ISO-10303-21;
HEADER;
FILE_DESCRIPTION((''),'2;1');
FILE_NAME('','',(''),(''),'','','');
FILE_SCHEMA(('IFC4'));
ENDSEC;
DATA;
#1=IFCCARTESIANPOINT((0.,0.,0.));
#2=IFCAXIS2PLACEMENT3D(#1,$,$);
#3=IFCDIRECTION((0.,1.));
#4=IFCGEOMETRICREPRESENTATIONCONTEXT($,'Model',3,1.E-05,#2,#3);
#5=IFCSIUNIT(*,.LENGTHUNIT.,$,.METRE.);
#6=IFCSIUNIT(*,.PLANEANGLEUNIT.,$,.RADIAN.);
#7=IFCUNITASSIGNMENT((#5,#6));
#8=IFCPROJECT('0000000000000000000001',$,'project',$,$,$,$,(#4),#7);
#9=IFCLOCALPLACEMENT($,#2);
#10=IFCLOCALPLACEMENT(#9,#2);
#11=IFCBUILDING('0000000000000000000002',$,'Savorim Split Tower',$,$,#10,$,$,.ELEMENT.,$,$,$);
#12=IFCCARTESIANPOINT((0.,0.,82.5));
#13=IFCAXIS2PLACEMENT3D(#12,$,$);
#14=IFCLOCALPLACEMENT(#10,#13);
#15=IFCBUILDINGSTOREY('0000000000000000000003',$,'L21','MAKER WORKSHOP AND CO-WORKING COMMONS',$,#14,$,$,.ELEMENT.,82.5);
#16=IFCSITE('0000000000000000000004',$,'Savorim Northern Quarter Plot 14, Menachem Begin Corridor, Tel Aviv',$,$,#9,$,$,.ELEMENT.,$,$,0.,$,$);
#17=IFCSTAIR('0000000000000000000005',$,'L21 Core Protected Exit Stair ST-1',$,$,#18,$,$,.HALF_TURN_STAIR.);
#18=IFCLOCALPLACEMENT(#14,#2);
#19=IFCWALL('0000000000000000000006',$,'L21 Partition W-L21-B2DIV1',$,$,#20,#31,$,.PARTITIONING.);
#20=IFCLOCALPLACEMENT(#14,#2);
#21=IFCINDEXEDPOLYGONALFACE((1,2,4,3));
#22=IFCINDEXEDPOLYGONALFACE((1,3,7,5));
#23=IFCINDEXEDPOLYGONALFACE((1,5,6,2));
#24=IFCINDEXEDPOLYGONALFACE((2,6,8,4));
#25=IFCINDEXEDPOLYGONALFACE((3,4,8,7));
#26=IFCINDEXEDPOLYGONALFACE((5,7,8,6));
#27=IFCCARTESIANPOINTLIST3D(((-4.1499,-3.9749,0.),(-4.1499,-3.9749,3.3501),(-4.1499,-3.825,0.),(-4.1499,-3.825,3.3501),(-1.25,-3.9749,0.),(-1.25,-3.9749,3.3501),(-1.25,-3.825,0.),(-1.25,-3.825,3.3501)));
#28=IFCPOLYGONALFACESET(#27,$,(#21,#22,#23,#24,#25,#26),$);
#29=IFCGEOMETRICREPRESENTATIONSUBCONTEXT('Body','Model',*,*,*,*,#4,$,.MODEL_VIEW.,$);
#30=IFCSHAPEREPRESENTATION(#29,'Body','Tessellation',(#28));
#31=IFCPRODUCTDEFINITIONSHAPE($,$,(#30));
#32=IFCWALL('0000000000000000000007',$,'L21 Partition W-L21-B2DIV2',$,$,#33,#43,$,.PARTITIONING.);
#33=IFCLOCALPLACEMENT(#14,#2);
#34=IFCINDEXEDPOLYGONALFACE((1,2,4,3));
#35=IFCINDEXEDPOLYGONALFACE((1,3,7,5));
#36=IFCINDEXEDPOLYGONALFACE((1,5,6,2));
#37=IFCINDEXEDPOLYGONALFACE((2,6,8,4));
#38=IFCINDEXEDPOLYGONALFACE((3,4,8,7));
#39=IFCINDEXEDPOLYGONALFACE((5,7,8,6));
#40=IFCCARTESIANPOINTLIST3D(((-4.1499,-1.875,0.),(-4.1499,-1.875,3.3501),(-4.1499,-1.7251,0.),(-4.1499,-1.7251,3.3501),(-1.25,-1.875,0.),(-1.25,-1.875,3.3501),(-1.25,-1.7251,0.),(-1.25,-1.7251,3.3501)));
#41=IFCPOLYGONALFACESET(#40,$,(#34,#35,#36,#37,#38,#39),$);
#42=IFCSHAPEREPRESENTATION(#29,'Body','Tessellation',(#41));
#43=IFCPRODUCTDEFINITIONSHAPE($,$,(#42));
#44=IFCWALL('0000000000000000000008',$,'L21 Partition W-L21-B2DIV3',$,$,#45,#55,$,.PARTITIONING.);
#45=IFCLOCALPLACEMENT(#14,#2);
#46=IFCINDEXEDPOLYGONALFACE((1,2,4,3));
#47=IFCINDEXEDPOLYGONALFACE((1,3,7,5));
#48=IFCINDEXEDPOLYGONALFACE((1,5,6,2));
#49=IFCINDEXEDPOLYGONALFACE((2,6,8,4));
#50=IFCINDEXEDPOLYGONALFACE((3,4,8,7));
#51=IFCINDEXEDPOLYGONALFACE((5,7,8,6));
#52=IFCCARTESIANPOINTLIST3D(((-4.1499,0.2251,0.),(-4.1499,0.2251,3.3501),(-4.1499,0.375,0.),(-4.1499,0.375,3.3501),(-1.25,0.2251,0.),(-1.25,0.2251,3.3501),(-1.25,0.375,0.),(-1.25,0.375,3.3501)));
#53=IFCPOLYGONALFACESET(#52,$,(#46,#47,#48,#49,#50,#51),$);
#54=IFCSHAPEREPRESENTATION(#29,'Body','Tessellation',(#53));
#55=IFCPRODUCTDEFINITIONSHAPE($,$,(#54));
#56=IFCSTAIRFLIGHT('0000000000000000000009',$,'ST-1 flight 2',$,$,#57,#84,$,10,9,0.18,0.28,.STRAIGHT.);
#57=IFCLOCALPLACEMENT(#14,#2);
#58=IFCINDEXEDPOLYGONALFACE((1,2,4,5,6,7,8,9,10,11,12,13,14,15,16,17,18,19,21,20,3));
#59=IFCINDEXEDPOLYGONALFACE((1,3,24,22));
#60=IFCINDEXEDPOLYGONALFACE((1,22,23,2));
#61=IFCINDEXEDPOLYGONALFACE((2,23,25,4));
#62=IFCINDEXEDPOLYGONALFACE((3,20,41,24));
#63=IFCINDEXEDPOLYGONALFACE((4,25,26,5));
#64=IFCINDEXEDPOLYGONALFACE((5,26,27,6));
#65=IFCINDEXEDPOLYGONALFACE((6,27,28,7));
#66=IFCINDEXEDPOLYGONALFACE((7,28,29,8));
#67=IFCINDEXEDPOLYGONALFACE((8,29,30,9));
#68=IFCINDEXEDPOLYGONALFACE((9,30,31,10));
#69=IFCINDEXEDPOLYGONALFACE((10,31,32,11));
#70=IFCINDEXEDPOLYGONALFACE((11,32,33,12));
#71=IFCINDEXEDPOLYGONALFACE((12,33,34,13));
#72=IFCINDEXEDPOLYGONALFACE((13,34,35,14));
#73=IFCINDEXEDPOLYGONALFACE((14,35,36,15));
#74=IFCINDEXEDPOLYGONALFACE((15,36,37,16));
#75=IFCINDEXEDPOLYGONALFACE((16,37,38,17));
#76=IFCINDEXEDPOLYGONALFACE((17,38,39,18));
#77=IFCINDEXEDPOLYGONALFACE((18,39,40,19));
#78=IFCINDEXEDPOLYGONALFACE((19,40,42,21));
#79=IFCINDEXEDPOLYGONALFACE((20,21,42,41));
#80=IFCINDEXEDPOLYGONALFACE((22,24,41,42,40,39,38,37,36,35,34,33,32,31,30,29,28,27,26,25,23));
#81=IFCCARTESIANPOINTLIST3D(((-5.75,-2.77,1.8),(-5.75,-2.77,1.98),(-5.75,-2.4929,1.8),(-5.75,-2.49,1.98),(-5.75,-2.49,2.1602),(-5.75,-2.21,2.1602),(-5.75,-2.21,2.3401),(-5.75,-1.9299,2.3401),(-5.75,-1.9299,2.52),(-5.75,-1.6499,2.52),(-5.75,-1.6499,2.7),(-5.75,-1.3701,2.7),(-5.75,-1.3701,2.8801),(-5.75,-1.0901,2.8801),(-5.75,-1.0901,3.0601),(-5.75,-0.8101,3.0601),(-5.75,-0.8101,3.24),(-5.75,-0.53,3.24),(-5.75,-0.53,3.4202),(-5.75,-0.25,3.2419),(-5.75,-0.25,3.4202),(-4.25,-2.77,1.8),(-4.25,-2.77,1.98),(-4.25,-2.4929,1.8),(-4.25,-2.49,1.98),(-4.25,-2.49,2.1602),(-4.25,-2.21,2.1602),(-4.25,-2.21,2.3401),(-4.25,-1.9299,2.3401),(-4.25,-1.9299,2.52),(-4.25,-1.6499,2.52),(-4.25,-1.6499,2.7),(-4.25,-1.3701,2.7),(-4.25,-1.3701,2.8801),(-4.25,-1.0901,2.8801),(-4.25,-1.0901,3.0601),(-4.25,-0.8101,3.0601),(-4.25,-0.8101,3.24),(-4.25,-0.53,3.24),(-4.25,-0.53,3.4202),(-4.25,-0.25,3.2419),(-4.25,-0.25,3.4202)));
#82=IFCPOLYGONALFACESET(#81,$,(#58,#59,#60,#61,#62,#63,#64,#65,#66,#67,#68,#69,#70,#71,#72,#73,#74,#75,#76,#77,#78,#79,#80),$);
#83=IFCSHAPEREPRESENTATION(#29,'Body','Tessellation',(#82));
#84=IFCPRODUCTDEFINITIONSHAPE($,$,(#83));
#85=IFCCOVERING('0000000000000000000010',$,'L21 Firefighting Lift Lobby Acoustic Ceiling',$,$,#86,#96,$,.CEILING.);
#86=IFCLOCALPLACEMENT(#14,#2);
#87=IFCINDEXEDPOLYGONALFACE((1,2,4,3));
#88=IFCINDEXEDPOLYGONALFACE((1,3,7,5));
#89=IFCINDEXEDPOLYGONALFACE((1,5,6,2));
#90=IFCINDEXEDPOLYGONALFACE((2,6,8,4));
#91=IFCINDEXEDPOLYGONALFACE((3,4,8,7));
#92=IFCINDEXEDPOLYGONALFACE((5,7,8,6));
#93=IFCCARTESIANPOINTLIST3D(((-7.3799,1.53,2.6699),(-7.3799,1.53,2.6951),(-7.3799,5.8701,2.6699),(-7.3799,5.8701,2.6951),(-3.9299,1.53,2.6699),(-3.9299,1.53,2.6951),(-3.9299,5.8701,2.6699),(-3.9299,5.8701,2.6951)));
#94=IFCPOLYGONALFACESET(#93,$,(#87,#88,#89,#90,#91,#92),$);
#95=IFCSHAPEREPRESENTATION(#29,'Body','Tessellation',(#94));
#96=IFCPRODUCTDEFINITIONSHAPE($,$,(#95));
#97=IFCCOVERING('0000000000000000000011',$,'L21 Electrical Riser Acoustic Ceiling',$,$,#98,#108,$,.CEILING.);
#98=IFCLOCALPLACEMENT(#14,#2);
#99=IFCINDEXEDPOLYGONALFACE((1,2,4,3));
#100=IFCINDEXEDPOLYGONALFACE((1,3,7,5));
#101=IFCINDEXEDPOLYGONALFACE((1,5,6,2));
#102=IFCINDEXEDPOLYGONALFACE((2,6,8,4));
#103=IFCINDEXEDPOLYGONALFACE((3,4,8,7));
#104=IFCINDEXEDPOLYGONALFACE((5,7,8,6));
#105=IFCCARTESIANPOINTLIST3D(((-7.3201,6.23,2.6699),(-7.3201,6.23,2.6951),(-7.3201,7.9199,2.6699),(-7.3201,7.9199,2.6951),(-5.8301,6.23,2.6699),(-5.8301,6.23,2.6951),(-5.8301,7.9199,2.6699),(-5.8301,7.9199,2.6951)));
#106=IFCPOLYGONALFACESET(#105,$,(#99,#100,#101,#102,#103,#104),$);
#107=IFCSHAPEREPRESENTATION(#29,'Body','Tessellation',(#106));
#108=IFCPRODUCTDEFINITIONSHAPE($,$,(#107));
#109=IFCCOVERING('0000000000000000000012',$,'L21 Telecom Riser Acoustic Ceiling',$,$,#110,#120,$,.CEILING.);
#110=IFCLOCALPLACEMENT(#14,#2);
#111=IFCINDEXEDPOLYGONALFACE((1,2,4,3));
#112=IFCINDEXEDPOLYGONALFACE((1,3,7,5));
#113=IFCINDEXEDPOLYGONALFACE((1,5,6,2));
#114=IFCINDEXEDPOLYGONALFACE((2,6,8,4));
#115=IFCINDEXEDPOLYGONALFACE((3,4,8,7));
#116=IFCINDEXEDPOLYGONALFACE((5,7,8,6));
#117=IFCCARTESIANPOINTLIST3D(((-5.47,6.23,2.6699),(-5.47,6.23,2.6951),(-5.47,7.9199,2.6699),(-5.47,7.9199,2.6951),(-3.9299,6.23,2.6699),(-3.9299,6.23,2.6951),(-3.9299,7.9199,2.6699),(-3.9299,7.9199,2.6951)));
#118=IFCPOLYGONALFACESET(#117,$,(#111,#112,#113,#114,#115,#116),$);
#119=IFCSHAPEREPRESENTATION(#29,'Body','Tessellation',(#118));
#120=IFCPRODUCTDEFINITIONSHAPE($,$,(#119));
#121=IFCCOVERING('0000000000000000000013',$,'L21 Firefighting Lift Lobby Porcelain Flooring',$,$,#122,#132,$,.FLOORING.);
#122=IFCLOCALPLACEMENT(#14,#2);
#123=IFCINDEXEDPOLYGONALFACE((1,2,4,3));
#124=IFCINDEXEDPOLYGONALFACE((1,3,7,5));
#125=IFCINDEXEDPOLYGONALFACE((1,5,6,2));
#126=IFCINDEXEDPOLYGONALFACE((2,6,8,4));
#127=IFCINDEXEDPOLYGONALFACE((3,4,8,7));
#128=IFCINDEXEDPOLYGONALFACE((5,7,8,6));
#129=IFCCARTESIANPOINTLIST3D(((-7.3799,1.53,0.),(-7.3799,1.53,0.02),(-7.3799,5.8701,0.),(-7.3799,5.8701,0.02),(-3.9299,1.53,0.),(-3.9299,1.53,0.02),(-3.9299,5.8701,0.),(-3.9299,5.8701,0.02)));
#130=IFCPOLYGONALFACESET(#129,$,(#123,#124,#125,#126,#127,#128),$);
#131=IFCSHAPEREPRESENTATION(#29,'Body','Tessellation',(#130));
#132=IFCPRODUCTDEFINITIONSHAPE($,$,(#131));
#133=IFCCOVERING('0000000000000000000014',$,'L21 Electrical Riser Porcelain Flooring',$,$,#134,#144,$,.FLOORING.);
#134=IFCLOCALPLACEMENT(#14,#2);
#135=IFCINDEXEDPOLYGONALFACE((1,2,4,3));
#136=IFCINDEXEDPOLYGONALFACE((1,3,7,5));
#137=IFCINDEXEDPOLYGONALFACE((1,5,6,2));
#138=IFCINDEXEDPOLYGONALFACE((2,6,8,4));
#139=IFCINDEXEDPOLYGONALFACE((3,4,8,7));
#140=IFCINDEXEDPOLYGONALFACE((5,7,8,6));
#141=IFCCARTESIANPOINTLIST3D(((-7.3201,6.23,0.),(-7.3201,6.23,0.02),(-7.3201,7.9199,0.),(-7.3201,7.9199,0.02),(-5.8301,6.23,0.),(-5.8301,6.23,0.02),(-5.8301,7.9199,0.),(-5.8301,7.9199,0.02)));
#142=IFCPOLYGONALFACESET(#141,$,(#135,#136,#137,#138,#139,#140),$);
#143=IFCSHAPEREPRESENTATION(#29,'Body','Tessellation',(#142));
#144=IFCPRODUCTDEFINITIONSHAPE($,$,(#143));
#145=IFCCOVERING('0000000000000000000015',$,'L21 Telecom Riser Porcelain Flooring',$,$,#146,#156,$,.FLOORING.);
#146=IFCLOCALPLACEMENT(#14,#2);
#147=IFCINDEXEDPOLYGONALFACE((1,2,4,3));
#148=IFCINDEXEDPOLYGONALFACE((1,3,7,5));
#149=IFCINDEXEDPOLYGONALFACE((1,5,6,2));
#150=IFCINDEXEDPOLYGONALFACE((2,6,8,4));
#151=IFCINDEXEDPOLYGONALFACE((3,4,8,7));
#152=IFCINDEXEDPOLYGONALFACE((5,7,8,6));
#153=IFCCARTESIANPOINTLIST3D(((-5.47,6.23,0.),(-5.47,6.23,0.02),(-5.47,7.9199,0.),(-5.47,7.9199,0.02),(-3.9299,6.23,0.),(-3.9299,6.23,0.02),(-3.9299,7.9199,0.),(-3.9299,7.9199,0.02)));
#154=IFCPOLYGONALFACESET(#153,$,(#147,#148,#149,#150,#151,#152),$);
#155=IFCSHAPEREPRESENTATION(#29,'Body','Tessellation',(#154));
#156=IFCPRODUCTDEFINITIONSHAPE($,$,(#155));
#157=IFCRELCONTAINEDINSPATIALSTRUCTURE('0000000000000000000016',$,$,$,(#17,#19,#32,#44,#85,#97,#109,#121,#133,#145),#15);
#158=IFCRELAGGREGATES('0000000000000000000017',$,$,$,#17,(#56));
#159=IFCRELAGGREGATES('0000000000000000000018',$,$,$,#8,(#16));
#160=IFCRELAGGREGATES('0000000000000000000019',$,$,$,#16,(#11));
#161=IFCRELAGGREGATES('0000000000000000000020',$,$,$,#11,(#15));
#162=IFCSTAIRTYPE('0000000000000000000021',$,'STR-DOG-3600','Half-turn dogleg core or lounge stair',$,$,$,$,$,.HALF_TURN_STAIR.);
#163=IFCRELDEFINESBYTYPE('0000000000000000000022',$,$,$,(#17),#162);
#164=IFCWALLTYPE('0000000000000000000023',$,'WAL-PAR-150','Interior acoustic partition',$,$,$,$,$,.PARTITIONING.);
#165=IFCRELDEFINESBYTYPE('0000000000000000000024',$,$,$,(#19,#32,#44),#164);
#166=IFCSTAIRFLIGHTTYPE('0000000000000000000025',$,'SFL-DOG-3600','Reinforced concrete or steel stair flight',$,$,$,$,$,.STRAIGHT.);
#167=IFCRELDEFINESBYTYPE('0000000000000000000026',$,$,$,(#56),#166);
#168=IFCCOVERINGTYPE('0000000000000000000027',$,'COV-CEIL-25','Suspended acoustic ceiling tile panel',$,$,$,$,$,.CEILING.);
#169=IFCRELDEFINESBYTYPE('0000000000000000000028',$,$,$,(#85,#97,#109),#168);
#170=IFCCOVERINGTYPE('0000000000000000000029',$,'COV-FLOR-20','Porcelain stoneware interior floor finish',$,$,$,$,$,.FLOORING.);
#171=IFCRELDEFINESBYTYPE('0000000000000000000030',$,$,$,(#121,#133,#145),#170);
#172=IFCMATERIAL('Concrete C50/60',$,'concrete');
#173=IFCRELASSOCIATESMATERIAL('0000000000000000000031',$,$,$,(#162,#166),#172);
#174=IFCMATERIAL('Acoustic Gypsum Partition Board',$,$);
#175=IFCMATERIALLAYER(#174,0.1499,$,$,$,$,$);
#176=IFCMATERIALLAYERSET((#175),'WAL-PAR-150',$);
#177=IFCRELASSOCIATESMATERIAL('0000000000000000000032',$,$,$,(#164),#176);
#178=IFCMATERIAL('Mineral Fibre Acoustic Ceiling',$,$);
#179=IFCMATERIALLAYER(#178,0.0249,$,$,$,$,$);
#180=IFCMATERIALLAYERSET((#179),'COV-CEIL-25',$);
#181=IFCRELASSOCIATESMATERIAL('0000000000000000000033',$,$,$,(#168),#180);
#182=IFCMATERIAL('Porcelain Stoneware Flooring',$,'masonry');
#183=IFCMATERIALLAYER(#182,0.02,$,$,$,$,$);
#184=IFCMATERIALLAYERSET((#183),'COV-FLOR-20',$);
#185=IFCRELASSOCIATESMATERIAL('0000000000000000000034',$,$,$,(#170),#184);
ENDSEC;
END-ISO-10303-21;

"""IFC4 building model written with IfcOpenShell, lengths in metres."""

from ifc_helpers import new_model, si_unit, direction, frame, frame_2d, origin, place, context, subcontext, project, spatial, polyline, rectangle, outline, extrude, material, layer, layer_set, type_object, element, aggregate, save


model = new_model("IFC4")

# Units and contexts
model_context = context("Model", 3, precision=1e-05, world=origin(), true_north=direction((0.0, 1.0)))
body_context = subcontext(model_context, "Body", "Model", "MODEL_VIEW")
ifc_project = project(units=[si_unit("LENGTHUNIT", "METRE"), si_unit("PLANEANGLEUNIT", "RADIAN")], contexts=[model_context])

# Site, building, storey
site_placement = place(None, origin())
site = spatial("IfcSite", under=ifc_project, at=site_placement, Name="Savorim Northern Quarter Plot 14, Menachem Begin Corridor, Tel Aviv", CompositionType="ELEMENT", RefElevation=0.0)
building_placement = place(site_placement, origin())
building = spatial("IfcBuilding", under=site, at=building_placement, Name="Savorim Split Tower", CompositionType="ELEMENT")
storey_placement = place(building_placement, frame((0.0, 0.0, 82.5)))
storey = spatial("IfcBuildingStorey", under=building, at=storey_placement, Name="L21", Description="MAKER WORKSHOP AND CO-WORKING COMMONS", CompositionType="ELEMENT", Elevation=82.5)

# Shared definitions
ifc_material_1 = material(Name="Concrete C50/60", Category="concrete")

# Stair
stair_type = type_object("IfcStairType", Name="STR-DOG-3600", Description="Half-turn dogleg core or lounge stair", PredefinedType="HALF_TURN_STAIR", material=ifc_material_1)
stair_1_placement = place(storey_placement, origin())
stair_1 = element("IfcStair", 1, at=stair_1_placement, inside=storey, type_object=stair_type, Name="L21 Core Protected Exit Stair ST-1", PredefinedType="HALF_TURN_STAIR")

# Walls
ifc_material_2 = material(Name="Acoustic Gypsum Partition Board")
ifc_layer_1 = layer(ifc_material_2, 0.1499)
ifc_layer_set_1 = layer_set([ifc_layer_1], Name="WAL-PAR-150")
wall_type_1 = type_object("IfcWallType", Name="WAL-PAR-150", Description="Interior acoustic partition", PredefinedType="PARTITIONING", material=ifc_layer_set_1)
for number, where, z_axis, x_axis, name in (
    (2, (-4.1499, -3.8999, 0.0), (0.0, 0.0, 1.0), (1.0, 0.0, 0.0), "L21 Partition W-L21-B2DIV1"),
    (3, (-4.1499, -1.8, 0.0), (0.0, 0.0, 1.0), (1.0, 0.0, 0.0), "L21 Partition W-L21-B2DIV2"),
    (4, (-4.1499, 0.3, 0.0), (0.0, 0.0, 1.0), (1.0, 0.0, 0.0), "L21 Partition W-L21-B2DIV3"),
):
    element("IfcWall", number, at=place(storey_placement, frame(where, z_axis=z_axis, x_axis=x_axis)), inside=storey, type_object=wall_type_1, Name=name, PredefinedType="PARTITIONING", context=body_context, shape_type="SweptSolid", body=[
        extrude(rectangle(XDim=2.8999, YDim=0.1499, at=frame_2d((1.45, 0.0))), origin(), (0.0, 0.0, 1.0), 3.3501),
    ])

# Stair flight
stair_flight_type = type_object("IfcStairFlightType", Name="SFL-DOG-3600", Description="Reinforced concrete or steel stair flight", PredefinedType="STRAIGHT", material=ifc_material_1)
stair_flight_placement = place(storey_placement, frame((-5.0, -2.77, 1.8), z_axis=(0.0, 0.0, 1.0), x_axis=(0.0, 1.0, 0.0)))
stair_flight = element("IfcStairFlight", 5, at=stair_flight_placement, type_object=stair_flight_type, Name="ST-1 flight 2", NumberOfRisers=10, NumberOfTreads=9, PredefinedType="STRAIGHT", RiserHeight=0.18, TreadLength=0.28, context=body_context, shape_type="SweptSolid", body=[
    extrude(outline(polyline([(0.0, 0.0), (0.0, 0.1799), (0.28, 0.1799), (0.28, 0.3601), (0.5601, 0.3601), (0.5601, 0.54), (0.8401, 0.54), (0.8401, 0.72), (1.1201, 0.72), (1.1201, 0.8999), (1.3999, 0.8999), (1.3999, 1.0801), (1.6799, 1.0801), (1.6799, 1.26), (1.96, 1.26), (1.96, 1.4399), (2.24, 1.4399), (2.24, 1.6201), (2.52, 1.6201), (2.52, 1.8), (2.52, 1.4419), (0.2771, 0.0), (0.0, 0.0)])), frame((0.0, 0.75, 0.0), z_axis=(0.0, -1.0, 0.0), x_axis=(1.0, 0.0, 0.0)), (0.0, 0.0, 1.0), 1.5),
])
aggregate(stair_1, [stair_flight])

# Coverings
ifc_material_3 = material(Name="Mineral Fibre Acoustic Ceiling")
ifc_layer_2 = layer(ifc_material_3, 0.0249)
ifc_layer_set_2 = layer_set([ifc_layer_2], Name="COV-CEIL-25")
covering_type_1 = type_object("IfcCoveringType", Name="COV-CEIL-25", Description="Suspended acoustic ceiling tile panel", PredefinedType="CEILING", material=ifc_layer_set_2)
covering_1_placement = place(storey_placement, frame((0.0, 0.0, 2.6699)))
element("IfcCovering", 6, at=covering_1_placement, inside=storey, type_object=covering_type_1, Name="L21 Firefighting Lift Lobby Acoustic Ceiling", PredefinedType="CEILING", context=body_context, shape_type="SweptSolid", body=[
    extrude(outline(polyline([(-7.3799, 5.8701), (-7.3799, 1.53), (-3.9299, 1.53), (-3.9299, 5.8701), (-7.3799, 5.8701)])), origin(), (0.0, 0.0, 1.0), 0.0251),
])
covering_2_placement = place(storey_placement, frame((0.0, 0.0, 2.6699)))
element("IfcCovering", 7, at=covering_2_placement, inside=storey, type_object=covering_type_1, Name="L21 Electrical Riser Acoustic Ceiling", PredefinedType="CEILING", context=body_context, shape_type="SweptSolid", body=[
    extrude(outline(polyline([(-7.3201, 7.9199), (-7.3201, 6.23), (-5.8301, 6.23), (-5.8301, 7.9199), (-7.3201, 7.9199)])), origin(), (0.0, 0.0, 1.0), 0.0251),
])
covering_3_placement = place(storey_placement, frame((0.0, 0.0, 2.6699)))
element("IfcCovering", 8, at=covering_3_placement, inside=storey, type_object=covering_type_1, Name="L21 Telecom Riser Acoustic Ceiling", PredefinedType="CEILING", context=body_context, shape_type="SweptSolid", body=[
    extrude(outline(polyline([(-5.47, 7.9199), (-5.47, 6.23), (-3.9299, 6.23), (-3.9299, 7.9199), (-5.47, 7.9199)])), origin(), (0.0, 0.0, 1.0), 0.0251),
])
ifc_material_4 = material(Name="Porcelain Stoneware Flooring", Category="masonry")
ifc_layer_3 = layer(ifc_material_4, 0.02)
ifc_layer_set_3 = layer_set([ifc_layer_3], Name="COV-FLOR-20")
covering_type_2 = type_object("IfcCoveringType", Name="COV-FLOR-20", Description="Porcelain stoneware interior floor finish", PredefinedType="FLOORING", material=ifc_layer_set_3)
covering_4_placement = place(storey_placement, origin())
element("IfcCovering", 9, at=covering_4_placement, inside=storey, type_object=covering_type_2, Name="L21 Firefighting Lift Lobby Porcelain Flooring", PredefinedType="FLOORING", context=body_context, shape_type="SweptSolid", body=[
    extrude(outline(polyline([(-7.3799, 5.8701), (-7.3799, 1.53), (-3.9299, 1.53), (-3.9299, 5.8701), (-7.3799, 5.8701)])), origin(), (0.0, 0.0, 1.0), 0.02),
])
covering_5_placement = place(storey_placement, origin())
element("IfcCovering", 10, at=covering_5_placement, inside=storey, type_object=covering_type_2, Name="L21 Electrical Riser Porcelain Flooring", PredefinedType="FLOORING", context=body_context, shape_type="SweptSolid", body=[
    extrude(outline(polyline([(-7.3201, 7.9199), (-7.3201, 6.23), (-5.8301, 6.23), (-5.8301, 7.9199), (-7.3201, 7.9199)])), origin(), (0.0, 0.0, 1.0), 0.02),
])
covering_6_placement = place(storey_placement, origin())
element("IfcCovering", 11, at=covering_6_placement, inside=storey, type_object=covering_type_2, Name="L21 Telecom Riser Porcelain Flooring", PredefinedType="FLOORING", context=body_context, shape_type="SweptSolid", body=[
    extrude(outline(polyline([(-5.47, 7.9199), (-5.47, 6.23), (-3.9299, 6.23), (-3.9299, 7.9199), (-5.47, 7.9199)])), origin(), (0.0, 0.0, 1.0), 0.02),
])

save(model, "model.ifc")
